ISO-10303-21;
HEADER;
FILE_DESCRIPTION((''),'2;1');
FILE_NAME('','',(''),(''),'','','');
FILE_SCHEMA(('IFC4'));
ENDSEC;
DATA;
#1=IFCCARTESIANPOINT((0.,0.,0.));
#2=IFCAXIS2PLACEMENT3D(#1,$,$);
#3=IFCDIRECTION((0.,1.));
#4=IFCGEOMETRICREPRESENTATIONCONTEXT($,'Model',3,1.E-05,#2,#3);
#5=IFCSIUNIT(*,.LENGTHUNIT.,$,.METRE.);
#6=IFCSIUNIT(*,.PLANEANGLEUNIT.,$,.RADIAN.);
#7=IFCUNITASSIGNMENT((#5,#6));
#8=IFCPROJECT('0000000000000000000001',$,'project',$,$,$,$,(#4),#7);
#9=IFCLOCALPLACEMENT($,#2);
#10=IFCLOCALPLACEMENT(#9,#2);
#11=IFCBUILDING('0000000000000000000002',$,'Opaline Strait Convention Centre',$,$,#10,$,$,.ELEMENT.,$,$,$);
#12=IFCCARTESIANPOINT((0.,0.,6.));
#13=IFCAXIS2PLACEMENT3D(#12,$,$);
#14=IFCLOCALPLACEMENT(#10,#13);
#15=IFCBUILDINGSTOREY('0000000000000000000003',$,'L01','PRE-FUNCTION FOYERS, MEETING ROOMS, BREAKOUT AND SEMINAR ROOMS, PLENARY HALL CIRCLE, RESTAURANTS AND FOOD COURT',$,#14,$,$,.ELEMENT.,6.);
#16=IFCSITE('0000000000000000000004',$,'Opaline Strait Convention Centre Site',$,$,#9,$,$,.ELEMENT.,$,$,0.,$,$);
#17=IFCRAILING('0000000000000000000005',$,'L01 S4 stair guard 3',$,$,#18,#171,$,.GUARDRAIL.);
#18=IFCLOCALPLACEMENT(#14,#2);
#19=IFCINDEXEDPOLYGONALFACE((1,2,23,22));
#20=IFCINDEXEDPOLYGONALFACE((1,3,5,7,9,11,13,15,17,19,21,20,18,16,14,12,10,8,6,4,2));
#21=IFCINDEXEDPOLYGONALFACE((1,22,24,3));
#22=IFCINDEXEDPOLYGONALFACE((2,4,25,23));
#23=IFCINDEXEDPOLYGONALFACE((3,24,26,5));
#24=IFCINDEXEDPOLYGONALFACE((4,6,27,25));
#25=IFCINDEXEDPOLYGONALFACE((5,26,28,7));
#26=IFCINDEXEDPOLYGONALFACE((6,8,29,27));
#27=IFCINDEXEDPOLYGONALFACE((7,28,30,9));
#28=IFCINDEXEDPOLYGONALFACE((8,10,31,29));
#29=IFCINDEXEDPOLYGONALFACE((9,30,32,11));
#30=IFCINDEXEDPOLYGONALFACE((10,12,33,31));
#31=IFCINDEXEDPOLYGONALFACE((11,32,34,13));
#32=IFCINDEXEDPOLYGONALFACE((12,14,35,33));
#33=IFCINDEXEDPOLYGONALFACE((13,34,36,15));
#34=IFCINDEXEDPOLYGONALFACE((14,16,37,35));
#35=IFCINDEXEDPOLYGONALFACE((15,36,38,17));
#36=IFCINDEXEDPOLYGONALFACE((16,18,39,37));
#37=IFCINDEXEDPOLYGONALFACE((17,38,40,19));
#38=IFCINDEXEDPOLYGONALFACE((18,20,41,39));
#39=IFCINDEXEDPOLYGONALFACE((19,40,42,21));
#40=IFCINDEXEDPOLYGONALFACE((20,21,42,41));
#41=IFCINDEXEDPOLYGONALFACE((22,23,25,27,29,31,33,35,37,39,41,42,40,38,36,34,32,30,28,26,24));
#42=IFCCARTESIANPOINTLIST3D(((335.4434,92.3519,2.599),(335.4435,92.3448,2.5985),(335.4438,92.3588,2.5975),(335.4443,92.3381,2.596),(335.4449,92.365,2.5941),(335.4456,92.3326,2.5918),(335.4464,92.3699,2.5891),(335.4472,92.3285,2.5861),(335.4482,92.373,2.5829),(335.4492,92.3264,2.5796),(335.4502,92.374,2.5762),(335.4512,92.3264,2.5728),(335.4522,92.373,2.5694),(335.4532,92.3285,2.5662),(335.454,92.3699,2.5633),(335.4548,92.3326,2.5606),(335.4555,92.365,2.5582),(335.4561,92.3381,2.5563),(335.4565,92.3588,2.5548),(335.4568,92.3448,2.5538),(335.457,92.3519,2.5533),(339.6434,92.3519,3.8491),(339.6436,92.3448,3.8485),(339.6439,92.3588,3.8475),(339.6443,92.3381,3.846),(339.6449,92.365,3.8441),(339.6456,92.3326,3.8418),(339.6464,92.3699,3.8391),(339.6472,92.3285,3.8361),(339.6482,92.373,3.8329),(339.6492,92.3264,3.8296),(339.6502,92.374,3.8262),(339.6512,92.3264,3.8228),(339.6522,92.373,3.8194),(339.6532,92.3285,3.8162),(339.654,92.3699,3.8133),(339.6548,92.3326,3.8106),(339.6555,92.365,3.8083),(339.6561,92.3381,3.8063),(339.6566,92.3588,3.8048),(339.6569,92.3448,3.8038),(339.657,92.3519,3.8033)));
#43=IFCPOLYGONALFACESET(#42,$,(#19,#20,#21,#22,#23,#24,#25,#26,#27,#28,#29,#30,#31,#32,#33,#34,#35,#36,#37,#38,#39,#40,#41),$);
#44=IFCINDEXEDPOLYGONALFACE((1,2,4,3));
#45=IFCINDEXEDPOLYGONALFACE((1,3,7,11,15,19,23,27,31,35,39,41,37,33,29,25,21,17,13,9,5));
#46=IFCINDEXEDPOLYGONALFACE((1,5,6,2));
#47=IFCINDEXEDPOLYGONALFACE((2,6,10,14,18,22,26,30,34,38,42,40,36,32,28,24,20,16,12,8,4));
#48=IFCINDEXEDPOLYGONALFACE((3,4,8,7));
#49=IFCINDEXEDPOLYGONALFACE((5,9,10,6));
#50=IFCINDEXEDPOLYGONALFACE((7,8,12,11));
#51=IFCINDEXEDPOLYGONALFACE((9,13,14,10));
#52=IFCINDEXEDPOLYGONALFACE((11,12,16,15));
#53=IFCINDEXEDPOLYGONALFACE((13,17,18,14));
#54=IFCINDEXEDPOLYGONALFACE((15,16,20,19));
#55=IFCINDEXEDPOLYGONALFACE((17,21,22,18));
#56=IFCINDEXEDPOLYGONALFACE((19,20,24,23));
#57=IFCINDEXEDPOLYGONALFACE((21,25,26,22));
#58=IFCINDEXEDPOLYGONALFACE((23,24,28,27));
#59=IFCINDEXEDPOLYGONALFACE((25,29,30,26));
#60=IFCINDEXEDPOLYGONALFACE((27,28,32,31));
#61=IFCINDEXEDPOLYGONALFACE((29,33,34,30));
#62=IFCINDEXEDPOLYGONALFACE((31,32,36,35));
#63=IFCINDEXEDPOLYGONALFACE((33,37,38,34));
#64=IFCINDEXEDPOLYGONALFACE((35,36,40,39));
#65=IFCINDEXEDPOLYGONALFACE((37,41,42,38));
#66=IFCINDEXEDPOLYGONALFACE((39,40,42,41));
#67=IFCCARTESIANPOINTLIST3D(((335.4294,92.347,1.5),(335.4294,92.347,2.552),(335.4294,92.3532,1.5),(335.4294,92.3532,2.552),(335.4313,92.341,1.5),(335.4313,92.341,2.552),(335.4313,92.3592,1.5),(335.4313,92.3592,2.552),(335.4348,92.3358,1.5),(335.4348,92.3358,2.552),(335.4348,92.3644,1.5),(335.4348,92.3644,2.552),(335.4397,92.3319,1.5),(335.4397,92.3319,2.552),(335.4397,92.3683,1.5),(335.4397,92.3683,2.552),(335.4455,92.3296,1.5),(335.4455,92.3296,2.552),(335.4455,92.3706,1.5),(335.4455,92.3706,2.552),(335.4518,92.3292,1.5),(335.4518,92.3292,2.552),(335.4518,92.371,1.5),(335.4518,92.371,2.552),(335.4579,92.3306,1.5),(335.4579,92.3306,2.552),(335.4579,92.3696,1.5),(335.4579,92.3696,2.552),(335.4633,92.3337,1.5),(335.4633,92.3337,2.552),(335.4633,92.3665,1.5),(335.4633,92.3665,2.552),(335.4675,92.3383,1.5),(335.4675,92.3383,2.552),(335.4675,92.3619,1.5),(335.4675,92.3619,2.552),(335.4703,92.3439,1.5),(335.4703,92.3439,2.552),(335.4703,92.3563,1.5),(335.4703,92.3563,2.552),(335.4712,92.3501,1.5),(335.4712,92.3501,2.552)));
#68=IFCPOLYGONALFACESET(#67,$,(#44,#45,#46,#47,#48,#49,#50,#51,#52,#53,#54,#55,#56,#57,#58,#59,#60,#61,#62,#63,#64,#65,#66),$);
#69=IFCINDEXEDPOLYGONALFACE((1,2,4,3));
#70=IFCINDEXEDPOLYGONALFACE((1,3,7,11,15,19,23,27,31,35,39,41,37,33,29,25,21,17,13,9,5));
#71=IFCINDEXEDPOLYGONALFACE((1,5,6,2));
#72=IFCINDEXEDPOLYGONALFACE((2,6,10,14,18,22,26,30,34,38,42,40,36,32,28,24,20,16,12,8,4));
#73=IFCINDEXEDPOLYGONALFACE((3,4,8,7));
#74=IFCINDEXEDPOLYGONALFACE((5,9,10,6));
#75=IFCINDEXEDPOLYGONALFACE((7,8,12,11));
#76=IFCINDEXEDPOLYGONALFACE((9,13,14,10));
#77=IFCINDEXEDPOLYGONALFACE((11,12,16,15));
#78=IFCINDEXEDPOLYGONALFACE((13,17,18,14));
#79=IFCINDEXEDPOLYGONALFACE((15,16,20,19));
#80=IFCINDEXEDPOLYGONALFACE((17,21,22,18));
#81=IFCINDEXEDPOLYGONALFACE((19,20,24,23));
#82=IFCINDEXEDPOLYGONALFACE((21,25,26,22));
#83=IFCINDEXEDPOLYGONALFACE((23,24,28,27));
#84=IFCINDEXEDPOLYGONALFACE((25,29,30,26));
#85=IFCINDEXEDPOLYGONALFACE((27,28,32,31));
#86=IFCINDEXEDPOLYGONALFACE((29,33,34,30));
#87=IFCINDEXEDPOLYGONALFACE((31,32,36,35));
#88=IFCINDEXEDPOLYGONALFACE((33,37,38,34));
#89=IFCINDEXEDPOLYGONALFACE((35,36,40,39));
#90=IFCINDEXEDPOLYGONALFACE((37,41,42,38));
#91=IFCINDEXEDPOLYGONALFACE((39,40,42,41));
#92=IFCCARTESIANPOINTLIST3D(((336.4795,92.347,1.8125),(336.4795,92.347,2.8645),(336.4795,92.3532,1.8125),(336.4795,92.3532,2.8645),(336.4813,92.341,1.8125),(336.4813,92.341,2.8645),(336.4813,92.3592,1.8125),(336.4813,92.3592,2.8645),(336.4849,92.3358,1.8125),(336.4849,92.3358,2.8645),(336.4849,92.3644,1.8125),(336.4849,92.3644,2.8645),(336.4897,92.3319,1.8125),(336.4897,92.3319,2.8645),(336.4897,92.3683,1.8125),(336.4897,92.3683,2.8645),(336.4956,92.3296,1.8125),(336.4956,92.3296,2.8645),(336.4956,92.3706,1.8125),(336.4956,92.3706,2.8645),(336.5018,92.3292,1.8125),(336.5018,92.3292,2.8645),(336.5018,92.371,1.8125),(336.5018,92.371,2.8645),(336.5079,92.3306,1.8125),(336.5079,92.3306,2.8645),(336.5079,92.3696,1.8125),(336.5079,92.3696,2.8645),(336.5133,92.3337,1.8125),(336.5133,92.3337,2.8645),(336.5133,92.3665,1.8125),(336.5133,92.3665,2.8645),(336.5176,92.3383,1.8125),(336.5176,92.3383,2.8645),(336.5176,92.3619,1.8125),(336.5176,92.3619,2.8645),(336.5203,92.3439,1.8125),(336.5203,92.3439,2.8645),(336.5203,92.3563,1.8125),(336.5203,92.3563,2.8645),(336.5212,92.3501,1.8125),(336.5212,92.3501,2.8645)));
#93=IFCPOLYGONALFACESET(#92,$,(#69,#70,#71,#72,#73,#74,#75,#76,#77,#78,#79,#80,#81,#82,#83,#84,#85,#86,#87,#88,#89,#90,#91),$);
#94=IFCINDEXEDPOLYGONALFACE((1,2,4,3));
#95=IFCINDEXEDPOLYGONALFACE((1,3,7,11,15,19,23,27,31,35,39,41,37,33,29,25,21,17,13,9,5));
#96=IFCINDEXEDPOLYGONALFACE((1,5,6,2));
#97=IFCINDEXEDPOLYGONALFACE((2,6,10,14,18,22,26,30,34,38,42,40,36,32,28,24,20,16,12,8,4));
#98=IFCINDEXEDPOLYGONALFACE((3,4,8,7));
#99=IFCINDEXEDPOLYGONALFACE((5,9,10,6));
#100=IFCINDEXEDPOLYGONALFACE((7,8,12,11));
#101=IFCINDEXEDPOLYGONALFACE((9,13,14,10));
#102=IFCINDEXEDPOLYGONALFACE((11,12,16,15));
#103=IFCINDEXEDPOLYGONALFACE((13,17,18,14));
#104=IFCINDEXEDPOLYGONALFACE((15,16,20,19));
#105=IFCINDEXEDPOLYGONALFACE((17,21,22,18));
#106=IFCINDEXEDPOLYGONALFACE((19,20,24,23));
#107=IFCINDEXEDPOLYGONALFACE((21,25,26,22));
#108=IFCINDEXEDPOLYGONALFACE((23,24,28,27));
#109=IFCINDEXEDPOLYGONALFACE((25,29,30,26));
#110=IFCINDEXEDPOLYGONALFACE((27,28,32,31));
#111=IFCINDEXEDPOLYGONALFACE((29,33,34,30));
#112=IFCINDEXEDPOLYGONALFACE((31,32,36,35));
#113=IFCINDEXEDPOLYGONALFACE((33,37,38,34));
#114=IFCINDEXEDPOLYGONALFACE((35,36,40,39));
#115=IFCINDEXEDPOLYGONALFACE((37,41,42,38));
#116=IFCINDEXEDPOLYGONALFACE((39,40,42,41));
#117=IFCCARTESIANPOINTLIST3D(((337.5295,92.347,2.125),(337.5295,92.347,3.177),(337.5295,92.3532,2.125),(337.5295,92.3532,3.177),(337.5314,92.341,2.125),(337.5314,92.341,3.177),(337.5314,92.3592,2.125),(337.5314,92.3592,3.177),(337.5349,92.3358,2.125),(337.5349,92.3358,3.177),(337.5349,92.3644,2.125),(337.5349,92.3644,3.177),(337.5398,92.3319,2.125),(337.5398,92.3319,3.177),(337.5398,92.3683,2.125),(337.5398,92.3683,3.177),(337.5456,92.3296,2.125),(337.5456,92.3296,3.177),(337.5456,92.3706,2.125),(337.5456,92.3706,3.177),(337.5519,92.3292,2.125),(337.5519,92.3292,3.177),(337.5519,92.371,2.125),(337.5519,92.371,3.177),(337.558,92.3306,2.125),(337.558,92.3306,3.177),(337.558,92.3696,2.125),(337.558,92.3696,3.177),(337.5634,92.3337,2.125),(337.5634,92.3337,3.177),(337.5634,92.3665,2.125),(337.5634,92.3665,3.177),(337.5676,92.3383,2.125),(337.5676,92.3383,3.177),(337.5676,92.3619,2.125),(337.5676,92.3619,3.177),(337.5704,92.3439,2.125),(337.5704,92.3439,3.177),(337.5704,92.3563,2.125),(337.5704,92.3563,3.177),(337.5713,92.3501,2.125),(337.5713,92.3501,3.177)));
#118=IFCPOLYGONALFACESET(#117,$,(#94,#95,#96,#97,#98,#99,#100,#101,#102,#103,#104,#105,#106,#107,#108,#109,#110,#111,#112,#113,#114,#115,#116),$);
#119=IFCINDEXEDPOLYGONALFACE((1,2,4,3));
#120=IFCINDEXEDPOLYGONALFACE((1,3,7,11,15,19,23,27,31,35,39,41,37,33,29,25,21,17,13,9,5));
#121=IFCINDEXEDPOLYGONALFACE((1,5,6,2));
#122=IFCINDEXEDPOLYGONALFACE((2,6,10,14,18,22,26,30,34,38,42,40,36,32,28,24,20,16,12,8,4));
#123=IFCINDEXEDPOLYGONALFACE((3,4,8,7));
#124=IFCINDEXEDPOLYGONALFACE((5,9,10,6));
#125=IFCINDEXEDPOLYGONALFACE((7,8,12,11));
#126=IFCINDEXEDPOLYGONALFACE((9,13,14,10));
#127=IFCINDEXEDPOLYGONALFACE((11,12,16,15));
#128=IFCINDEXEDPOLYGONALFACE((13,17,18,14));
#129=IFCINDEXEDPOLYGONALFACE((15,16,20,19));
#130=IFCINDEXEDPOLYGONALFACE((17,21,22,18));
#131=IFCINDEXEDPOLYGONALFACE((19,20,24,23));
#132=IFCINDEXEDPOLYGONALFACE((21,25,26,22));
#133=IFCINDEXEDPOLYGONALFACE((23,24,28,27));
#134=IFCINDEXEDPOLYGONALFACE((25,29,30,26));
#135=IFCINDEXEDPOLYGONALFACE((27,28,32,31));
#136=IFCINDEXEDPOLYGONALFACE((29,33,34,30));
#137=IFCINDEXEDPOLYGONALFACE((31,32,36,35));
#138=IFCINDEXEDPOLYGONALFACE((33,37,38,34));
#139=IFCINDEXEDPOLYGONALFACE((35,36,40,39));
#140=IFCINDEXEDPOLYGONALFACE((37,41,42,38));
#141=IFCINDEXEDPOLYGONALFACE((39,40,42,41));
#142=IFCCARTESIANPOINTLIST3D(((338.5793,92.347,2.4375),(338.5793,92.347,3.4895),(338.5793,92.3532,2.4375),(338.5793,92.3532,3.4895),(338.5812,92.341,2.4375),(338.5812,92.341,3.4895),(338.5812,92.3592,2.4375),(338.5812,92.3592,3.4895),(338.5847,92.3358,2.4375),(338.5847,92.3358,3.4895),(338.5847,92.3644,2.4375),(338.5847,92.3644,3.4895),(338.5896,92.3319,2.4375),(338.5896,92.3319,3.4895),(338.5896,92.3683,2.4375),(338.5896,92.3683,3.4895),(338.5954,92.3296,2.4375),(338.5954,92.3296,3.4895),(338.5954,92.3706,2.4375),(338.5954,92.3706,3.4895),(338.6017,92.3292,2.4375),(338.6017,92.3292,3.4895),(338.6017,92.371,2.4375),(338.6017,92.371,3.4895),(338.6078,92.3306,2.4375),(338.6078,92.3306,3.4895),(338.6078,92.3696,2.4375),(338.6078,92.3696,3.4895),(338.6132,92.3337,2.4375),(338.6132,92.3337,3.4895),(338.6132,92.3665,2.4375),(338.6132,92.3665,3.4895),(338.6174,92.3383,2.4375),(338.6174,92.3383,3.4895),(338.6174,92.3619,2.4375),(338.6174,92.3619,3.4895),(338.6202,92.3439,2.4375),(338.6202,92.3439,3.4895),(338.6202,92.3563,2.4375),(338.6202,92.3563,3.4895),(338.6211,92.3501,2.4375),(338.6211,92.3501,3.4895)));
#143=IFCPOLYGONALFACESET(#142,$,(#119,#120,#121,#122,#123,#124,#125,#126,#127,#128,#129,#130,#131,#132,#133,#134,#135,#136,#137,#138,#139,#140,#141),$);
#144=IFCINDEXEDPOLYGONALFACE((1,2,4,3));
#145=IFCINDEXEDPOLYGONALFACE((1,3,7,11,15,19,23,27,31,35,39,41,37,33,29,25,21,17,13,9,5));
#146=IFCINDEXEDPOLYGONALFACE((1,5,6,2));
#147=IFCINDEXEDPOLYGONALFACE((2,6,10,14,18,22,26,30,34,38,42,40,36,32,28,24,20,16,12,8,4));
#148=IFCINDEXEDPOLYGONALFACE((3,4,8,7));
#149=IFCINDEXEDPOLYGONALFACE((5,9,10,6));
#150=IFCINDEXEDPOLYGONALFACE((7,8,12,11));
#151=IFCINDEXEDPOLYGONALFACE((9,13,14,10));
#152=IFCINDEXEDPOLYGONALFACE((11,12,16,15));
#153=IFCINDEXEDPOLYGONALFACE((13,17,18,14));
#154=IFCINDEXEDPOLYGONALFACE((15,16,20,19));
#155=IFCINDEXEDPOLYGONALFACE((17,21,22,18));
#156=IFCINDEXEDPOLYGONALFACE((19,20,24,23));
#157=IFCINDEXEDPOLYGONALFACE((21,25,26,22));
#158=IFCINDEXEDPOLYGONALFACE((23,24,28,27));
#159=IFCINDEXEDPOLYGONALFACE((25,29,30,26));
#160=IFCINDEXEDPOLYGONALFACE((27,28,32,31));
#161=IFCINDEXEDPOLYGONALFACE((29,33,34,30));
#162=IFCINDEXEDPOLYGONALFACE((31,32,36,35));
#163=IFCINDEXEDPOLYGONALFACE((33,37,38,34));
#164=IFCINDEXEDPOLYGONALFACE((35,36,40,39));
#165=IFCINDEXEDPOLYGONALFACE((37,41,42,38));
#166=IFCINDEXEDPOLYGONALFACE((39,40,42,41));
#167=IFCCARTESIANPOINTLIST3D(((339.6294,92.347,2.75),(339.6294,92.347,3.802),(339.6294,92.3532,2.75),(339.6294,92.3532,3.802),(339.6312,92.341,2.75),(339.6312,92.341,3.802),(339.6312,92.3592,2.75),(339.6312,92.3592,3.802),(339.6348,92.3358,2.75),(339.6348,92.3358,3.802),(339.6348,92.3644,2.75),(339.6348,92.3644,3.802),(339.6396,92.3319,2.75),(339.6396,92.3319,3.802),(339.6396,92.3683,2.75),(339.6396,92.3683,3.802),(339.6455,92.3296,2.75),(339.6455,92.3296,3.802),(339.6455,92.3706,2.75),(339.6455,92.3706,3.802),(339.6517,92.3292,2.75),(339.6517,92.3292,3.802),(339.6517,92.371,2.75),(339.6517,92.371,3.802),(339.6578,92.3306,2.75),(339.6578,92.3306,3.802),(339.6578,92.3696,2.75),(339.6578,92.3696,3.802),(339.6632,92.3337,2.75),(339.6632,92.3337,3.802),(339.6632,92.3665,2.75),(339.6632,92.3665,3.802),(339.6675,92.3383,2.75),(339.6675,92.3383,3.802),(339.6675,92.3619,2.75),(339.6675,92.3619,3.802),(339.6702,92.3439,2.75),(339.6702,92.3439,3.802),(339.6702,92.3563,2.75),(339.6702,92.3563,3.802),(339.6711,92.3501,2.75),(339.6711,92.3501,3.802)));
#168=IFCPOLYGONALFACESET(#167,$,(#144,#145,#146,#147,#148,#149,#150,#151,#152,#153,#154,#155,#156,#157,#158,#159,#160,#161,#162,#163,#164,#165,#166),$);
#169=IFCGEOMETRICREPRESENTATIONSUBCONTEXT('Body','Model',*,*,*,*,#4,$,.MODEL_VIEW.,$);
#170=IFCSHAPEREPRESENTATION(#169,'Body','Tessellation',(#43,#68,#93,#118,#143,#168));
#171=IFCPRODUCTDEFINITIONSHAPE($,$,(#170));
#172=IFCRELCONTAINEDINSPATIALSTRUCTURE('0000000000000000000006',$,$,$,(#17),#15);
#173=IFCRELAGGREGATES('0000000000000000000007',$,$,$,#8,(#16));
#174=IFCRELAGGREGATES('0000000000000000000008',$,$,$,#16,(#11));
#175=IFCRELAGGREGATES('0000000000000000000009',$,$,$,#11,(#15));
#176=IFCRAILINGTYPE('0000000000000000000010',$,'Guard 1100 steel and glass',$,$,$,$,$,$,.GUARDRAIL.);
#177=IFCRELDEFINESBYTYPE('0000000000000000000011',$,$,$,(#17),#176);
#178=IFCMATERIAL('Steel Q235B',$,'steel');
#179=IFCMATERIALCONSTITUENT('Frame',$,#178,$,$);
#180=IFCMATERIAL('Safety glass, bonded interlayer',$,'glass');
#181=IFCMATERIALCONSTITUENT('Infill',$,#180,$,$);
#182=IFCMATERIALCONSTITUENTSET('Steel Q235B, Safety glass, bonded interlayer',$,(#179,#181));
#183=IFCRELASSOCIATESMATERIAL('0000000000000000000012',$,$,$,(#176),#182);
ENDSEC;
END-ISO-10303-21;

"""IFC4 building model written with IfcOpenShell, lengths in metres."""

from ifc_helpers import new_model, si_unit, direction, frame, origin, origin_2d, place, context, subcontext, project, spatial, circle, extrude, material, constituent, constituent_set, type_object, element, save


model = new_model("IFC4")

# Units and contexts
model_context = context("Model", 3, precision=1e-05, world=origin(), true_north=direction((0.0, 1.0)))
body_context = subcontext(model_context, "Body", "Model", "MODEL_VIEW")
ifc_project = project(units=[si_unit("LENGTHUNIT", "METRE"), si_unit("PLANEANGLEUNIT", "RADIAN")], contexts=[model_context])

# Site, building, storey
site_placement = place(None, origin())
site = spatial("IfcSite", under=ifc_project, at=site_placement, Name="Opaline Strait Convention Centre Site", CompositionType="ELEMENT", RefElevation=0.0)
building_placement = place(site_placement, origin())
building = spatial("IfcBuilding", under=site, at=building_placement, Name="Opaline Strait Convention Centre", CompositionType="ELEMENT")
storey_placement = place(building_placement, frame((0.0, 0.0, 6.0)))
storey = spatial("IfcBuildingStorey", under=building, at=storey_placement, Name="L01", Description="PRE-FUNCTION FOYERS, MEETING ROOMS, BREAKOUT AND SEMINAR ROOMS, PLENARY HALL CIRCLE, RESTAURANTS AND FOOD COURT", CompositionType="ELEMENT", Elevation=6.0)

# Railing
ifc_material_1 = material(Name="Steel Q235B", Category="steel")
ifc_constituent_1 = constituent(ifc_material_1, Name="Frame")
ifc_material_2 = material(Name="Safety glass, bonded interlayer", Category="glass")
ifc_constituent_2 = constituent(ifc_material_2, Name="Infill")
ifc_constituent_set = constituent_set(constituents=[ifc_constituent_1, ifc_constituent_2], Name="Steel Q235B, Safety glass, bonded interlayer")
railing_type_1 = type_object("IfcRailingType", Name="Guard 1100 steel and glass", PredefinedType="GUARDRAIL", material=ifc_constituent_set)
railing_1_placement = place(storey_placement, frame((335.4502, 92.3501, 1.5)))
element("IfcRailing", 1, at=railing_1_placement, inside=storey, type_object=railing_type_1, Name="L01 S4 stair guard 3", PredefinedType="GUARDRAIL", context=body_context, shape_type="SweptSolid", body=[
    extrude(circle(Radius=0.0239, at=origin_2d()), frame((0.0, 0.0, 1.0762), z_axis=(0.958451, 0.0, 0.285257), x_axis=(0.0, 1.0, 0.0)), (0.0, 0.0, 1.0), 4.3821),
    extrude(circle(Radius=0.021, at=origin_2d()), origin(), (0.0, 0.0, 1.0), 1.052),
    extrude(circle(Radius=0.021, at=origin_2d()), frame((1.05, 0.0, 0.3125)), (0.0, 0.0, 1.0), 1.052),
    extrude(circle(Radius=0.021, at=origin_2d()), frame((2.1001, 0.0, 0.625)), (0.0, 0.0, 1.0), 1.052),
    extrude(circle(Radius=0.021, at=origin_2d()), frame((3.1499, 0.0, 0.9375)), (0.0, 0.0, 1.0), 1.052),
    extrude(circle(Radius=0.021, at=origin_2d()), frame((4.2, 0.0, 1.25)), (0.0, 0.0, 1.0), 1.052),
])

save(model, "model.ifc")
